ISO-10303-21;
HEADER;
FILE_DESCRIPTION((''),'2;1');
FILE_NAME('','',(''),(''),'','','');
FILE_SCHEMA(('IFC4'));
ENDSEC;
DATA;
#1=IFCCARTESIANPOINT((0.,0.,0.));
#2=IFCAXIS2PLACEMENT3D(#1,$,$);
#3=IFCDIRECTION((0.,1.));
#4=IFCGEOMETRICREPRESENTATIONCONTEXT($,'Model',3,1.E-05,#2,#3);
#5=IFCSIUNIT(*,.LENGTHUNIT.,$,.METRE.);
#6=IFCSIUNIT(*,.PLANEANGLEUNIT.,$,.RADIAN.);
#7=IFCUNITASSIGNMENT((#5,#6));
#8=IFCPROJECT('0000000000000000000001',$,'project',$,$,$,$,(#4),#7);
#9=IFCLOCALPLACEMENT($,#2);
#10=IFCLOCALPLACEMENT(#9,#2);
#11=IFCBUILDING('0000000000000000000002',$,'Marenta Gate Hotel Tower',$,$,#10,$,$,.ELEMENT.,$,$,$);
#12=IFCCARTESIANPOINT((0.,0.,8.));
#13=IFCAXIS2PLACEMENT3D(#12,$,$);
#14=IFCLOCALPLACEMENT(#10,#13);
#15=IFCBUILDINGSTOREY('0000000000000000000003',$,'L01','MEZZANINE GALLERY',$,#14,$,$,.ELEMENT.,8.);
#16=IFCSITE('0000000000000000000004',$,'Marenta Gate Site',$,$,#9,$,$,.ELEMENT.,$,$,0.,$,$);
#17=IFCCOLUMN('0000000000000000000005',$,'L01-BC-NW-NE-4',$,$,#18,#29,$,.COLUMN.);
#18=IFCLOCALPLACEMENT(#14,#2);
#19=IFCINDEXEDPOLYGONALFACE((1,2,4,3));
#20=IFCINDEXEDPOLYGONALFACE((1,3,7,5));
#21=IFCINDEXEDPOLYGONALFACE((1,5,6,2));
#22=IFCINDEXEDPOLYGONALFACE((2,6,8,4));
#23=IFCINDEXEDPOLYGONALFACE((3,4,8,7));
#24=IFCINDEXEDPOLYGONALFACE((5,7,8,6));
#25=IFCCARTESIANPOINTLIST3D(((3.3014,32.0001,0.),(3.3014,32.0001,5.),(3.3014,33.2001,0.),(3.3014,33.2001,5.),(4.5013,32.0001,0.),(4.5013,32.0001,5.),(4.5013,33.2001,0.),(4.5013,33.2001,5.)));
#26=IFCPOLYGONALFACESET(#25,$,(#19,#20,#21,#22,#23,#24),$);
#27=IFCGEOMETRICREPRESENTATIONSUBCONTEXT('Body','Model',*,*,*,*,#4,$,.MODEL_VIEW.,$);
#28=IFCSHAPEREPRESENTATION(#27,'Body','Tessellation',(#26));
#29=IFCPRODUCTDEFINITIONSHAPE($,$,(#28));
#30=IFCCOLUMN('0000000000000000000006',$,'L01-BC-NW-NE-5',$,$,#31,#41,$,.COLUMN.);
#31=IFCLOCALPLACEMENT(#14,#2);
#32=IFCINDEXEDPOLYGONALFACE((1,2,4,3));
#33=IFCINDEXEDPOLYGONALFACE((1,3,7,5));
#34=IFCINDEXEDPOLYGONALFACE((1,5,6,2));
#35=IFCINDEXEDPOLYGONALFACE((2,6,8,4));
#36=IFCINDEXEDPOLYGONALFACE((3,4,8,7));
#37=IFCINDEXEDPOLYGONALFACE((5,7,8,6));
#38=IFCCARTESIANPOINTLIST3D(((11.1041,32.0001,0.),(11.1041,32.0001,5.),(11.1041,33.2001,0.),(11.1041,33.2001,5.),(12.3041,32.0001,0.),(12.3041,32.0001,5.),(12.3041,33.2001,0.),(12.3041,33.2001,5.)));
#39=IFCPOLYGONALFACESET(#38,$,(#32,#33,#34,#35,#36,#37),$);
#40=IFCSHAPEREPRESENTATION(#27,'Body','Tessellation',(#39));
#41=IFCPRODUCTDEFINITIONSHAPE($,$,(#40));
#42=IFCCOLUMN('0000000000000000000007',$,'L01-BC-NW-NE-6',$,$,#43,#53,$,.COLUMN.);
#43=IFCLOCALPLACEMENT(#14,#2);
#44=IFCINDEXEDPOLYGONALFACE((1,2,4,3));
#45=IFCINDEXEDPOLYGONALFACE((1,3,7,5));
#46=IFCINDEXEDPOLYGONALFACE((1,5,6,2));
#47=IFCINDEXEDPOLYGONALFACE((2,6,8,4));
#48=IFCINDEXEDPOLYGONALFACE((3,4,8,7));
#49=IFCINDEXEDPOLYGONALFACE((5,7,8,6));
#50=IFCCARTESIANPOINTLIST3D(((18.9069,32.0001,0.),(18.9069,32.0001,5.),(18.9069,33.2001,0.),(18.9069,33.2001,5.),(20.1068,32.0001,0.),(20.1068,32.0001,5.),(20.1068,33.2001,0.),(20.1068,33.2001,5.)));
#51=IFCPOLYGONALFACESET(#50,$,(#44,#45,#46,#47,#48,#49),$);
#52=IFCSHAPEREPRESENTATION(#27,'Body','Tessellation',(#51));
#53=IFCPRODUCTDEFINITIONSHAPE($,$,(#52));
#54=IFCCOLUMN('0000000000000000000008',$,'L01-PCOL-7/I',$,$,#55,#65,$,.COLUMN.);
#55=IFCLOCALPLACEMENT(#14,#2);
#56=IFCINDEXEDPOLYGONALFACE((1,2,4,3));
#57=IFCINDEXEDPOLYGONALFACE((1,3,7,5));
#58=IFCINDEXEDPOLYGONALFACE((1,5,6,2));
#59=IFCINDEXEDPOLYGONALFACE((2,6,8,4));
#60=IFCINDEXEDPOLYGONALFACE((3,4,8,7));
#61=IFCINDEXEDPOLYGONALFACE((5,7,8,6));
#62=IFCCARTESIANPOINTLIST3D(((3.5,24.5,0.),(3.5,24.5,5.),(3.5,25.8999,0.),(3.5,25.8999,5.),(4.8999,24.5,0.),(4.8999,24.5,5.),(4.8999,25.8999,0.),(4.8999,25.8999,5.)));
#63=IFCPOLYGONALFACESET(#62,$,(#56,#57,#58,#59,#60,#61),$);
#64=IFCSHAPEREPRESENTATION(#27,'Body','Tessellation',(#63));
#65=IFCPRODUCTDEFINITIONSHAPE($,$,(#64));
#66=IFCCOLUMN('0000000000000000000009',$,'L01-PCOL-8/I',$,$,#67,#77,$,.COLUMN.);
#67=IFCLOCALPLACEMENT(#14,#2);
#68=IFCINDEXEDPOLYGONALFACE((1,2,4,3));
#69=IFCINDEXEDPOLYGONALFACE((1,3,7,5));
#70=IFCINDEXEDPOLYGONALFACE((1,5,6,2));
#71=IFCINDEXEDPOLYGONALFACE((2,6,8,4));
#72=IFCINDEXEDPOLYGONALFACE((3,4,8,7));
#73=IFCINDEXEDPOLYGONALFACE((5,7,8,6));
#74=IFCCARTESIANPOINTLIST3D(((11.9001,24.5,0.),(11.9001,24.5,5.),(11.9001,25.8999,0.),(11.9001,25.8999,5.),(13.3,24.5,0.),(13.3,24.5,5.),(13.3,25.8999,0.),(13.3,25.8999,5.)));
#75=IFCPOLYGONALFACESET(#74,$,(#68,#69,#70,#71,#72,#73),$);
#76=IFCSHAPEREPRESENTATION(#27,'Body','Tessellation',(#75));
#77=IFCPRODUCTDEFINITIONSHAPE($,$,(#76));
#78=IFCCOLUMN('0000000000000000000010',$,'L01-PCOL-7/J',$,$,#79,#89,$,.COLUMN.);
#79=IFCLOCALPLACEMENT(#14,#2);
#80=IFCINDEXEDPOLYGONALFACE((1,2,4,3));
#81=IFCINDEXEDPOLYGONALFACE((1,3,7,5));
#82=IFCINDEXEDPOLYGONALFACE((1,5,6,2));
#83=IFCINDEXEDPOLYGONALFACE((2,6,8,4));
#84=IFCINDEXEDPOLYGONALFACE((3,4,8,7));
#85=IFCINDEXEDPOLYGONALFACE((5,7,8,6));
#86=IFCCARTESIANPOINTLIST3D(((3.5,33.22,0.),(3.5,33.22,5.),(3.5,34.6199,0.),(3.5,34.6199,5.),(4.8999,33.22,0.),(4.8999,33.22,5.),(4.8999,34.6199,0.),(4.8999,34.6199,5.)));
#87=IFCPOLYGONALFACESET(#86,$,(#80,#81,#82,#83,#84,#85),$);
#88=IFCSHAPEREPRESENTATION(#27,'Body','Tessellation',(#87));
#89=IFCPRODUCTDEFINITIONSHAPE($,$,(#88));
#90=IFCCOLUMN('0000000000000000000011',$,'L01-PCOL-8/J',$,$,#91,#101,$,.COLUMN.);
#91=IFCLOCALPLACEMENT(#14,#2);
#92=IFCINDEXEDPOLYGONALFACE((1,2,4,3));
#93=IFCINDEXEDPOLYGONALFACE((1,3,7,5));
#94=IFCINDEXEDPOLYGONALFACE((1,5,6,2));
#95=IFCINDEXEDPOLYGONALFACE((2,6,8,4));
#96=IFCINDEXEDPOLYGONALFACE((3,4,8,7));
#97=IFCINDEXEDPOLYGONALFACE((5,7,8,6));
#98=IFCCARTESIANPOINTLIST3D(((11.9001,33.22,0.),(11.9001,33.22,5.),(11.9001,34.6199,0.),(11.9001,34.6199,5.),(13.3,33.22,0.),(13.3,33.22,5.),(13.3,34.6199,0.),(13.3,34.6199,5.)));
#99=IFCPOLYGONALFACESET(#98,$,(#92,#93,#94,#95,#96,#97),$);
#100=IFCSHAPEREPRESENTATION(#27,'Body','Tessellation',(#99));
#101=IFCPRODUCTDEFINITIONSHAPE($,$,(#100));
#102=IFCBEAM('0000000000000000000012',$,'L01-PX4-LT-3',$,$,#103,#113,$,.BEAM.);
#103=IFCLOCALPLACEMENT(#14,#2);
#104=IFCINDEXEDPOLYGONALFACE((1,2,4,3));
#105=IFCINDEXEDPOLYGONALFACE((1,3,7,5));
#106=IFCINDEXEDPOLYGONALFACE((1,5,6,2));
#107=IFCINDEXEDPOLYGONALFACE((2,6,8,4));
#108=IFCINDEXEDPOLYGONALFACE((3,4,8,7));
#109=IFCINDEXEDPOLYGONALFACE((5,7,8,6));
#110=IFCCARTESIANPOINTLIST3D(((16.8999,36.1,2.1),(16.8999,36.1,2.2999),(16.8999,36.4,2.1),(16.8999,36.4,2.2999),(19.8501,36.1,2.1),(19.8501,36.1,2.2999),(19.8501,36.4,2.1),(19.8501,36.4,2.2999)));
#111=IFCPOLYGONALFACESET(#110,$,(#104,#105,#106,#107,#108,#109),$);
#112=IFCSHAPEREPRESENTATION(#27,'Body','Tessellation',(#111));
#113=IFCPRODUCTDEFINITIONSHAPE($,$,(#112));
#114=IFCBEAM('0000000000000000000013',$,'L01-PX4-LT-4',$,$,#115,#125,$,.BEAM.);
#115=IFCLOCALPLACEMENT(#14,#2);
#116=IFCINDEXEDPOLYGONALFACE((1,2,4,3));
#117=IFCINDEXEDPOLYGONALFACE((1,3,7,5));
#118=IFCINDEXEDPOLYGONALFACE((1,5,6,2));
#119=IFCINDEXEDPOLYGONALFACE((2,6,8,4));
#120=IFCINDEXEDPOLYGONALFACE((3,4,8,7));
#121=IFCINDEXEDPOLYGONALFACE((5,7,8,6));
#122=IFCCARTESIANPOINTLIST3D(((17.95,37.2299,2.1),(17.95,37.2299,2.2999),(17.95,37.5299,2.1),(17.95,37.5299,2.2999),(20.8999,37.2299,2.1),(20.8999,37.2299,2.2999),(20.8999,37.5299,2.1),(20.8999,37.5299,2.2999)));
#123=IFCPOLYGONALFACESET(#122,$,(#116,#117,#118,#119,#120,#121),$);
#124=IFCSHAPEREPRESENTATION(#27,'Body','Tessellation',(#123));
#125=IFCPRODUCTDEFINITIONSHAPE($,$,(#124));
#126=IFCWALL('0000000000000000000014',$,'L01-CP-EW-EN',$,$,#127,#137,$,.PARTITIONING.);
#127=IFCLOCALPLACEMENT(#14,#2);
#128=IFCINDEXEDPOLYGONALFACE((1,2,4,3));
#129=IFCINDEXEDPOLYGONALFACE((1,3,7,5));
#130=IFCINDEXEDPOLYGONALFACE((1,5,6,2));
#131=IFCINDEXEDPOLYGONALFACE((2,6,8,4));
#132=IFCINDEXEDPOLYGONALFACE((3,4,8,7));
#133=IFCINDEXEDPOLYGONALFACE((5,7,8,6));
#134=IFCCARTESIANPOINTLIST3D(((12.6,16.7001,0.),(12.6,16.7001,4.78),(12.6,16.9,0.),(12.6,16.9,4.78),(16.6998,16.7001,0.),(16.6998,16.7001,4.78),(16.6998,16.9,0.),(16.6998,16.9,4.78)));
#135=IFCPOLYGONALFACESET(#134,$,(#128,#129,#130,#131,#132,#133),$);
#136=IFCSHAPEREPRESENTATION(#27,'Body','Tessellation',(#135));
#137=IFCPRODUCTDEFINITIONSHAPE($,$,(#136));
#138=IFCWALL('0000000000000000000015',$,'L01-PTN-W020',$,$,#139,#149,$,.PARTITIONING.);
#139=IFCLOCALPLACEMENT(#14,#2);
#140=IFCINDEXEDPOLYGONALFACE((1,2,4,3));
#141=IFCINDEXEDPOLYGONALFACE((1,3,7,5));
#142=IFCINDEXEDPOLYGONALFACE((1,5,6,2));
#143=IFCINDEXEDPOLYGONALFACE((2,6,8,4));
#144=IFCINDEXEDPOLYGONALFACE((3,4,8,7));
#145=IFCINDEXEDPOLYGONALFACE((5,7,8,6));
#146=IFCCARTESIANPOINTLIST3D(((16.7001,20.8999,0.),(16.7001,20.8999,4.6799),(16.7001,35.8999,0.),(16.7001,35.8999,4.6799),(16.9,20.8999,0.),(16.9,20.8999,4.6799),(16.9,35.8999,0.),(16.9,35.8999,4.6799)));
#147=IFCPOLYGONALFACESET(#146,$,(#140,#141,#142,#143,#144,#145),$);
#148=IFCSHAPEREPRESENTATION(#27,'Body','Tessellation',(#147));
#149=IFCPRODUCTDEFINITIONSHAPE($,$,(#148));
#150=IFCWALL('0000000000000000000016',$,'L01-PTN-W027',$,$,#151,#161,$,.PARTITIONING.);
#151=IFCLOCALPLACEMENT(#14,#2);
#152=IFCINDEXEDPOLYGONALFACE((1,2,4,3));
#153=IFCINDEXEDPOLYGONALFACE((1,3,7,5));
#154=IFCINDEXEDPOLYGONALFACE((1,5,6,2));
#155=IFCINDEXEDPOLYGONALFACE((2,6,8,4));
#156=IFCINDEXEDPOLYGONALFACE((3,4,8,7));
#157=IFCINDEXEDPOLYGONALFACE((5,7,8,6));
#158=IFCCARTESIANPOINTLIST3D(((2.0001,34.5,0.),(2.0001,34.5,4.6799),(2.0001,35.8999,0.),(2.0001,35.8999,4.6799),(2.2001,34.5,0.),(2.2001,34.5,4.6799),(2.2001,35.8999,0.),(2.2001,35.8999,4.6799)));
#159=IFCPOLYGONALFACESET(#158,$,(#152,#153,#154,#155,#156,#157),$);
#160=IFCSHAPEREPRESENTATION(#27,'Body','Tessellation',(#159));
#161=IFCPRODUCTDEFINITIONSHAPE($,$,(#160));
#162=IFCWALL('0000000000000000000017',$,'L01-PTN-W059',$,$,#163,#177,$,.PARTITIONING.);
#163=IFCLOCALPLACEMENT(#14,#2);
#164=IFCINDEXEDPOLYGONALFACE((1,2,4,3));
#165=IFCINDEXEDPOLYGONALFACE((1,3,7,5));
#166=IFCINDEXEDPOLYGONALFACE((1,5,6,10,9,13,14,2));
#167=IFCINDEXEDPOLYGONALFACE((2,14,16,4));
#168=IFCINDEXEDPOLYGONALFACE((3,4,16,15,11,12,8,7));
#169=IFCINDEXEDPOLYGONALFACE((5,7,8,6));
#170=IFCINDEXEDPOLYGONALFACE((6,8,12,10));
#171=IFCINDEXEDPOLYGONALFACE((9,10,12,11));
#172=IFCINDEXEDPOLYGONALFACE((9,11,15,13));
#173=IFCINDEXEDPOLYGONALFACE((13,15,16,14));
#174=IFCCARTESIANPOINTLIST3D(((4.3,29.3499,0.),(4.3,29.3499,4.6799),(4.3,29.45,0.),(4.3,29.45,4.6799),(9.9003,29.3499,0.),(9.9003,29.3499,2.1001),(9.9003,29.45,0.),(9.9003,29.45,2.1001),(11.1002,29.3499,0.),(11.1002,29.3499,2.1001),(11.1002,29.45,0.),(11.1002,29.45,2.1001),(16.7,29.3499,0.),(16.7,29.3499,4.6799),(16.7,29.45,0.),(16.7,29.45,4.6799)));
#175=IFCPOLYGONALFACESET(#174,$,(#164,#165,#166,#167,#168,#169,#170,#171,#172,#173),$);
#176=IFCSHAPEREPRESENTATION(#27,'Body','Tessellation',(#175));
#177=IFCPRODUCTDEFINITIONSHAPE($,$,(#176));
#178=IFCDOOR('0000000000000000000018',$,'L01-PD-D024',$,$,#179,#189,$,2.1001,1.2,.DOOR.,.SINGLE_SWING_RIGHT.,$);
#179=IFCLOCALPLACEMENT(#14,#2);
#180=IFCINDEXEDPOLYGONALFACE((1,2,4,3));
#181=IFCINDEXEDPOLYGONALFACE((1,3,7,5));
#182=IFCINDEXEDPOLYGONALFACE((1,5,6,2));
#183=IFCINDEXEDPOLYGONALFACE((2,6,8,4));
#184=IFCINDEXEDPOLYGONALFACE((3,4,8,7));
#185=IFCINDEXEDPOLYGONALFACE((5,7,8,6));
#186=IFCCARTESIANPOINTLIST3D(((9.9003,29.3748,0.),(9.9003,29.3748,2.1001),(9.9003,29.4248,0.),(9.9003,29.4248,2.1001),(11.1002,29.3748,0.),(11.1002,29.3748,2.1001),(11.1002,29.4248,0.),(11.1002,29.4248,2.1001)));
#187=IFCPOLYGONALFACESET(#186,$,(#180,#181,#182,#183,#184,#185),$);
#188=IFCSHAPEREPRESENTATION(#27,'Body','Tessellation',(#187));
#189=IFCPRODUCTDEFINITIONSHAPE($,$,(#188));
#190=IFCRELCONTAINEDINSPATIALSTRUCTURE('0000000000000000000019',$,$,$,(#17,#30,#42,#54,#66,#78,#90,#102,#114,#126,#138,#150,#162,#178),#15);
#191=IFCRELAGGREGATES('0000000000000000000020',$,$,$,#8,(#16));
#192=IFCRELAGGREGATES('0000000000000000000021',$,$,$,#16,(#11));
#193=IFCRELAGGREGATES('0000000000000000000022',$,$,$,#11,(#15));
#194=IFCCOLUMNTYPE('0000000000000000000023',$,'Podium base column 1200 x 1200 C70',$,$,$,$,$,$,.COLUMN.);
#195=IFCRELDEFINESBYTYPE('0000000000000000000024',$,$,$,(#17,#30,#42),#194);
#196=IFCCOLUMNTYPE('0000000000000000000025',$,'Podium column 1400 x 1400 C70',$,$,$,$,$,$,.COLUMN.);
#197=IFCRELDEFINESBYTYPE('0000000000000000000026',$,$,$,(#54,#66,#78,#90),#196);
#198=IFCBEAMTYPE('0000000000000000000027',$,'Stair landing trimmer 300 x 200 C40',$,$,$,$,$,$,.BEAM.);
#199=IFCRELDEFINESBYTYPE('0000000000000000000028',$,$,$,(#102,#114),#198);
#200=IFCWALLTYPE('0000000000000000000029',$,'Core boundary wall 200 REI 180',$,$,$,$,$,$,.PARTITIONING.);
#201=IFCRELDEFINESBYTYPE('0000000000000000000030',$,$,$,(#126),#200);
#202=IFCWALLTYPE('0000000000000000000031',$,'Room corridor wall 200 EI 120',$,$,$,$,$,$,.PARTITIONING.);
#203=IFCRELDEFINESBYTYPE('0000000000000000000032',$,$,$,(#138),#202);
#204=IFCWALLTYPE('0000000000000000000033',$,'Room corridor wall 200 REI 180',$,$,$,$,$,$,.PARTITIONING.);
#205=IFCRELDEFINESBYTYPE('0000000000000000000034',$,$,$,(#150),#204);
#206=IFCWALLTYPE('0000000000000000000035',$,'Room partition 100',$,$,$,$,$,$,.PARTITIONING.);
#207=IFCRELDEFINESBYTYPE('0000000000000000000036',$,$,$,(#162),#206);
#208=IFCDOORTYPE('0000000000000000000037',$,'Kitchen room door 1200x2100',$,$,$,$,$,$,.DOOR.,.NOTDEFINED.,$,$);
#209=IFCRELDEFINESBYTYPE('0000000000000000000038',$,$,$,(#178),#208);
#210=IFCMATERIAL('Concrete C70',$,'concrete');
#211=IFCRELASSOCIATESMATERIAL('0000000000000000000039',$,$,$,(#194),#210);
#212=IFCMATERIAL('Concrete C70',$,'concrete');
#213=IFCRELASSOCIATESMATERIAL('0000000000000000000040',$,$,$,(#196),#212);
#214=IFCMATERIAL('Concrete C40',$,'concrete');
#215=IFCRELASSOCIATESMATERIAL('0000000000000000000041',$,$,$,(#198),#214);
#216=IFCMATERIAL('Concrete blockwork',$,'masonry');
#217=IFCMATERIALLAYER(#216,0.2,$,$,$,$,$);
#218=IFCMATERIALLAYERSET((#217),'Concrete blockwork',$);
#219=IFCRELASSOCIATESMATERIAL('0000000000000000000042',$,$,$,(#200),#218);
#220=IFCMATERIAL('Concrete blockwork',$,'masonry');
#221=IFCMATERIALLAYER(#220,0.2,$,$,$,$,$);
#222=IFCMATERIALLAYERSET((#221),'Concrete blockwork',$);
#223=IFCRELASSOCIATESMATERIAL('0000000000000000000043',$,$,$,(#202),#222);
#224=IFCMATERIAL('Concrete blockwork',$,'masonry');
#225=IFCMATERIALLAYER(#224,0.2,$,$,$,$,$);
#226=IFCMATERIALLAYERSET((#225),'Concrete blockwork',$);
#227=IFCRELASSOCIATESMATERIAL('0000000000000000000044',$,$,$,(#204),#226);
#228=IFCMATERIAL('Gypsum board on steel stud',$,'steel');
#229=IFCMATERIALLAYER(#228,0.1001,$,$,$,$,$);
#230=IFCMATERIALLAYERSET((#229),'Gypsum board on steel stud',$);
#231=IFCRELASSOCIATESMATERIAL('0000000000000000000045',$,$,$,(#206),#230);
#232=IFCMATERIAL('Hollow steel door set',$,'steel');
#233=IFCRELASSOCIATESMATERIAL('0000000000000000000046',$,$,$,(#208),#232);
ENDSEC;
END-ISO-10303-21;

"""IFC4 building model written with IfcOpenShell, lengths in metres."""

from ifc_helpers import new_model, si_unit, direction, frame, frame_2d, origin, origin_2d, place, context, subcontext, project, spatial, rectangle, extrude, material, layer, layer_set, material_profile, profile_set, type_object, element, fill, save


model = new_model("IFC4")

# Units and contexts
model_context = context("Model", 3, precision=1e-05, world=origin(), true_north=direction((0.0, 1.0)))
body_context = subcontext(model_context, "Body", "Model", "MODEL_VIEW")
ifc_project = project(units=[si_unit("LENGTHUNIT", "METRE"), si_unit("PLANEANGLEUNIT", "RADIAN")], contexts=[model_context])

# Site, building, storey
site_placement = place(None, origin())
site = spatial("IfcSite", under=ifc_project, at=site_placement, Name="Marenta Gate Site", CompositionType="ELEMENT", RefElevation=0.0)
building_placement = place(site_placement, origin())
building = spatial("IfcBuilding", under=site, at=building_placement, Name="Marenta Gate Hotel Tower", CompositionType="ELEMENT")
storey_placement = place(building_placement, frame((0.0, 0.0, 8.0)))
storey = spatial("IfcBuildingStorey", under=building, at=storey_placement, Name="L01", Description="MEZZANINE GALLERY", CompositionType="ELEMENT", Elevation=8.0)

# Columns
ifc_material_1 = material(Name="Concrete C70", Category="concrete")
ifc_material_profile_1 = material_profile(ifc_material_1, rectangle(XDim=1.2, YDim=1.2, at=origin_2d()), Name="1200 x 1200")
ifc_profile_set_1 = profile_set([ifc_material_profile_1], Name="Concrete C70")
column_type_1 = type_object("IfcColumnType", Name="Podium base column 1200 x 1200 C70", PredefinedType="COLUMN", material=ifc_profile_set_1)
for number, where, z_axis, x_axis, name in (
    (1, (3.9014, 32.6001, 0.0), (0.0, 0.0, 1.0), (1.0, 0.0, 0.0), "L01-BC-NW-NE-4"),
    (2, (11.7041, 32.6001, 0.0), (0.0, 0.0, 1.0), (1.0, 0.0, 0.0), "L01-BC-NW-NE-5"),
    (3, (19.5068, 32.6001, 0.0), (0.0, 0.0, 1.0), (1.0, 0.0, 0.0), "L01-BC-NW-NE-6"),
):
    element("IfcColumn", number, at=place(storey_placement, frame(where, z_axis=z_axis, x_axis=x_axis)), inside=storey, type_object=column_type_1, Name=name, PredefinedType="COLUMN", context=body_context, shape_type="SweptSolid", body=[
        extrude(rectangle(XDim=1.2, YDim=1.2, at=origin_2d()), origin(), (0.0, 0.0, 1.0), 5.0),
    ])
ifc_material_2 = material(Name="Concrete C70", Category="concrete")
ifc_material_profile_2 = material_profile(ifc_material_2, rectangle(XDim=1.3999, YDim=1.3999, at=origin_2d()), Name="1400 x 1400")
ifc_profile_set_2 = profile_set([ifc_material_profile_2], Name="Concrete C70")
column_type_2 = type_object("IfcColumnType", Name="Podium column 1400 x 1400 C70", PredefinedType="COLUMN", material=ifc_profile_set_2)
for number, where, z_axis, x_axis, name in (
    (4, (4.2, 25.2, 0.0), (0.0, 0.0, 1.0), (1.0, 0.0, 0.0), "L01-PCOL-7/I"),
    (5, (12.6001, 25.2, 0.0), (0.0, 0.0, 1.0), (1.0, 0.0, 0.0), "L01-PCOL-8/I"),
    (6, (4.2, 33.9199, 0.0), (0.0, 0.0, 1.0), (1.0, 0.0, 0.0), "L01-PCOL-7/J"),
    (7, (12.6001, 33.9199, 0.0), (0.0, 0.0, 1.0), (1.0, 0.0, 0.0), "L01-PCOL-8/J"),
):
    element("IfcColumn", number, at=place(storey_placement, frame(where, z_axis=z_axis, x_axis=x_axis)), inside=storey, type_object=column_type_2, Name=name, PredefinedType="COLUMN", context=body_context, shape_type="SweptSolid", body=[
        extrude(rectangle(XDim=1.3999, YDim=1.3999, at=origin_2d()), origin(), (0.0, 0.0, 1.0), 5.0),
    ])

# Beams
ifc_material_3 = material(Name="Concrete C40", Category="concrete")
ifc_material_profile_3 = material_profile(ifc_material_3, rectangle(XDim=0.3, YDim=0.2, at=origin_2d()), Name="300 x 200")
ifc_profile_set_3 = profile_set([ifc_material_profile_3], Name="Concrete C40")
beam_type = type_object("IfcBeamType", Name="Stair landing trimmer 300 x 200 C40", PredefinedType="BEAM", material=ifc_profile_set_3)
beam_1_placement = place(storey_placement, frame((16.8999, 36.25, 2.2), z_axis=(1.0, 0.0, 0.0), x_axis=(0.0, 1.0, 0.0)))
element("IfcBeam", 8, at=beam_1_placement, inside=storey, type_object=beam_type, Name="L01-PX4-LT-3", PredefinedType="BEAM", context=body_context, shape_type="SweptSolid", body=[
    extrude(rectangle(XDim=0.3, YDim=0.2, at=origin_2d()), origin(), (0.0, 0.0, 1.0), 2.9502),
])
beam_2_placement = place(storey_placement, frame((17.95, 37.3799, 2.2), z_axis=(1.0, 0.0, 0.0), x_axis=(0.0, 1.0, 0.0)))
element("IfcBeam", 9, at=beam_2_placement, inside=storey, type_object=beam_type, Name="L01-PX4-LT-4", PredefinedType="BEAM", context=body_context, shape_type="SweptSolid", body=[
    extrude(rectangle(XDim=0.3, YDim=0.2, at=origin_2d()), origin(), (0.0, 0.0, 1.0), 2.95),
])

# Walls
ifc_material_4 = material(Name="Concrete blockwork", Category="masonry")
ifc_layer_1 = layer(ifc_material_4, 0.2)
ifc_layer_set_1 = layer_set([ifc_layer_1], Name="Concrete blockwork")
wall_type_1 = type_object("IfcWallType", Name="Core boundary wall 200 REI 180", PredefinedType="PARTITIONING", material=ifc_layer_set_1)
wall_1_placement = place(storey_placement, frame((12.6001, 16.8, 0.0), z_axis=(0.0, 0.0, 1.0), x_axis=(1.0, 0.0, 0.0)))
element("IfcWall", 10, at=wall_1_placement, inside=storey, type_object=wall_type_1, Name="L01-CP-EW-EN", PredefinedType="PARTITIONING", context=body_context, shape_type="SweptSolid", body=[
    extrude(rectangle(XDim=4.0999, YDim=0.2, at=frame_2d((2.0498, 0.0))), origin(), (0.0, 0.0, 1.0), 4.78),
])
ifc_material_5 = material(Name="Concrete blockwork", Category="masonry")
ifc_layer_2 = layer(ifc_material_5, 0.2)
ifc_layer_set_2 = layer_set([ifc_layer_2], Name="Concrete blockwork")
wall_type_2 = type_object("IfcWallType", Name="Room corridor wall 200 EI 120", PredefinedType="PARTITIONING", material=ifc_layer_set_2)
wall_2_placement = place(storey_placement, frame((16.8, 20.8999, 0.0), z_axis=(0.0, 0.0, 1.0), x_axis=(0.0, 1.0, 0.0)))
element("IfcWall", 11, at=wall_2_placement, inside=storey, type_object=wall_type_2, Name="L01-PTN-W020", PredefinedType="PARTITIONING", context=body_context, shape_type="SweptSolid", body=[
    extrude(rectangle(XDim=15.0, YDim=0.2, at=frame_2d((7.5, 0.0))), origin(), (0.0, 0.0, 1.0), 4.6799),
])
ifc_material_6 = material(Name="Concrete blockwork", Category="masonry")
ifc_layer_3 = layer(ifc_material_6, 0.2)
ifc_layer_set_3 = layer_set([ifc_layer_3], Name="Concrete blockwork")
wall_type_3 = type_object("IfcWallType", Name="Room corridor wall 200 REI 180", PredefinedType="PARTITIONING", material=ifc_layer_set_3)
wall_3_placement = place(storey_placement, frame((2.1001, 34.5, 0.0), z_axis=(0.0, 0.0, 1.0), x_axis=(0.0, 1.0, 0.0)))
element("IfcWall", 12, at=wall_3_placement, inside=storey, type_object=wall_type_3, Name="L01-PTN-W027", PredefinedType="PARTITIONING", context=body_context, shape_type="SweptSolid", body=[
    extrude(rectangle(XDim=1.3999, YDim=0.2, at=frame_2d((0.7, 0.0))), origin(), (0.0, 0.0, 1.0), 4.6799),
])

# Wall, opening, door
ifc_material_7 = material(Name="Gypsum board on steel stud", Category="steel")
ifc_layer_4 = layer(ifc_material_7, 0.1001)
ifc_layer_set_4 = layer_set([ifc_layer_4], Name="Gypsum board on steel stud")
wall_type_4 = type_object("IfcWallType", Name="Room partition 100", PredefinedType="PARTITIONING", material=ifc_layer_set_4)
wall_4_placement = place(storey_placement, frame((4.3, 29.3999, 0.0), z_axis=(0.0, 0.0, 1.0), x_axis=(1.0, 0.0, 0.0)))
wall_4 = element("IfcWall", 13, at=wall_4_placement, inside=storey, type_object=wall_type_4, Name="L01-PTN-W059", PredefinedType="PARTITIONING", context=body_context, shape_type="SweptSolid", body=[
    extrude(rectangle(XDim=12.3999, YDim=0.1001, at=frame_2d((6.2, 0.0))), origin(), (0.0, 0.0, 1.0), 4.6799),
])
opening_1_placement = place(wall_4_placement, frame((5.6001, 0.0, 0.0)))
opening_1 = element("IfcOpeningElement", 14, at=opening_1_placement, cuts=wall_4, PredefinedType="OPENING", context=body_context, shape_type="SweptSolid", body=[
    extrude(rectangle(XDim=1.2, YDim=2.1001, at=frame_2d((0.6001, 1.05))), frame((0.0, 0.05, 0.0), z_axis=(0.0, -1.0, 0.0), x_axis=(1.0, 0.0, 0.0)), (0.0, 0.0, 1.0), 0.1001),
])
ifc_material_8 = material(Name="Hollow steel door set", Category="steel")
door_type_1 = type_object("IfcDoorType", Name="Kitchen room door 1200x2100", OperationType="NOTDEFINED", PredefinedType="DOOR", material=ifc_material_8)
door_1_placement = place(opening_1_placement, origin())
door_1 = element("IfcDoor", 15, at=door_1_placement, inside=storey, type_object=door_type_1, Name="L01-PD-D024", OperationType="SINGLE_SWING_RIGHT", OverallHeight=2.1001, OverallWidth=1.2, PredefinedType="DOOR", context=body_context, shape_type="SweptSolid", body=[
    extrude(rectangle(XDim=1.2, YDim=2.1001, at=frame_2d((0.6001, 1.05))), frame((0.0, 0.0249, 0.0), z_axis=(0.0, -1.0, 0.0), x_axis=(1.0, 0.0, 0.0)), (0.0, 0.0, 1.0), 0.05),
])
fill(opening_1, door_1)

save(model, "model.ifc")
